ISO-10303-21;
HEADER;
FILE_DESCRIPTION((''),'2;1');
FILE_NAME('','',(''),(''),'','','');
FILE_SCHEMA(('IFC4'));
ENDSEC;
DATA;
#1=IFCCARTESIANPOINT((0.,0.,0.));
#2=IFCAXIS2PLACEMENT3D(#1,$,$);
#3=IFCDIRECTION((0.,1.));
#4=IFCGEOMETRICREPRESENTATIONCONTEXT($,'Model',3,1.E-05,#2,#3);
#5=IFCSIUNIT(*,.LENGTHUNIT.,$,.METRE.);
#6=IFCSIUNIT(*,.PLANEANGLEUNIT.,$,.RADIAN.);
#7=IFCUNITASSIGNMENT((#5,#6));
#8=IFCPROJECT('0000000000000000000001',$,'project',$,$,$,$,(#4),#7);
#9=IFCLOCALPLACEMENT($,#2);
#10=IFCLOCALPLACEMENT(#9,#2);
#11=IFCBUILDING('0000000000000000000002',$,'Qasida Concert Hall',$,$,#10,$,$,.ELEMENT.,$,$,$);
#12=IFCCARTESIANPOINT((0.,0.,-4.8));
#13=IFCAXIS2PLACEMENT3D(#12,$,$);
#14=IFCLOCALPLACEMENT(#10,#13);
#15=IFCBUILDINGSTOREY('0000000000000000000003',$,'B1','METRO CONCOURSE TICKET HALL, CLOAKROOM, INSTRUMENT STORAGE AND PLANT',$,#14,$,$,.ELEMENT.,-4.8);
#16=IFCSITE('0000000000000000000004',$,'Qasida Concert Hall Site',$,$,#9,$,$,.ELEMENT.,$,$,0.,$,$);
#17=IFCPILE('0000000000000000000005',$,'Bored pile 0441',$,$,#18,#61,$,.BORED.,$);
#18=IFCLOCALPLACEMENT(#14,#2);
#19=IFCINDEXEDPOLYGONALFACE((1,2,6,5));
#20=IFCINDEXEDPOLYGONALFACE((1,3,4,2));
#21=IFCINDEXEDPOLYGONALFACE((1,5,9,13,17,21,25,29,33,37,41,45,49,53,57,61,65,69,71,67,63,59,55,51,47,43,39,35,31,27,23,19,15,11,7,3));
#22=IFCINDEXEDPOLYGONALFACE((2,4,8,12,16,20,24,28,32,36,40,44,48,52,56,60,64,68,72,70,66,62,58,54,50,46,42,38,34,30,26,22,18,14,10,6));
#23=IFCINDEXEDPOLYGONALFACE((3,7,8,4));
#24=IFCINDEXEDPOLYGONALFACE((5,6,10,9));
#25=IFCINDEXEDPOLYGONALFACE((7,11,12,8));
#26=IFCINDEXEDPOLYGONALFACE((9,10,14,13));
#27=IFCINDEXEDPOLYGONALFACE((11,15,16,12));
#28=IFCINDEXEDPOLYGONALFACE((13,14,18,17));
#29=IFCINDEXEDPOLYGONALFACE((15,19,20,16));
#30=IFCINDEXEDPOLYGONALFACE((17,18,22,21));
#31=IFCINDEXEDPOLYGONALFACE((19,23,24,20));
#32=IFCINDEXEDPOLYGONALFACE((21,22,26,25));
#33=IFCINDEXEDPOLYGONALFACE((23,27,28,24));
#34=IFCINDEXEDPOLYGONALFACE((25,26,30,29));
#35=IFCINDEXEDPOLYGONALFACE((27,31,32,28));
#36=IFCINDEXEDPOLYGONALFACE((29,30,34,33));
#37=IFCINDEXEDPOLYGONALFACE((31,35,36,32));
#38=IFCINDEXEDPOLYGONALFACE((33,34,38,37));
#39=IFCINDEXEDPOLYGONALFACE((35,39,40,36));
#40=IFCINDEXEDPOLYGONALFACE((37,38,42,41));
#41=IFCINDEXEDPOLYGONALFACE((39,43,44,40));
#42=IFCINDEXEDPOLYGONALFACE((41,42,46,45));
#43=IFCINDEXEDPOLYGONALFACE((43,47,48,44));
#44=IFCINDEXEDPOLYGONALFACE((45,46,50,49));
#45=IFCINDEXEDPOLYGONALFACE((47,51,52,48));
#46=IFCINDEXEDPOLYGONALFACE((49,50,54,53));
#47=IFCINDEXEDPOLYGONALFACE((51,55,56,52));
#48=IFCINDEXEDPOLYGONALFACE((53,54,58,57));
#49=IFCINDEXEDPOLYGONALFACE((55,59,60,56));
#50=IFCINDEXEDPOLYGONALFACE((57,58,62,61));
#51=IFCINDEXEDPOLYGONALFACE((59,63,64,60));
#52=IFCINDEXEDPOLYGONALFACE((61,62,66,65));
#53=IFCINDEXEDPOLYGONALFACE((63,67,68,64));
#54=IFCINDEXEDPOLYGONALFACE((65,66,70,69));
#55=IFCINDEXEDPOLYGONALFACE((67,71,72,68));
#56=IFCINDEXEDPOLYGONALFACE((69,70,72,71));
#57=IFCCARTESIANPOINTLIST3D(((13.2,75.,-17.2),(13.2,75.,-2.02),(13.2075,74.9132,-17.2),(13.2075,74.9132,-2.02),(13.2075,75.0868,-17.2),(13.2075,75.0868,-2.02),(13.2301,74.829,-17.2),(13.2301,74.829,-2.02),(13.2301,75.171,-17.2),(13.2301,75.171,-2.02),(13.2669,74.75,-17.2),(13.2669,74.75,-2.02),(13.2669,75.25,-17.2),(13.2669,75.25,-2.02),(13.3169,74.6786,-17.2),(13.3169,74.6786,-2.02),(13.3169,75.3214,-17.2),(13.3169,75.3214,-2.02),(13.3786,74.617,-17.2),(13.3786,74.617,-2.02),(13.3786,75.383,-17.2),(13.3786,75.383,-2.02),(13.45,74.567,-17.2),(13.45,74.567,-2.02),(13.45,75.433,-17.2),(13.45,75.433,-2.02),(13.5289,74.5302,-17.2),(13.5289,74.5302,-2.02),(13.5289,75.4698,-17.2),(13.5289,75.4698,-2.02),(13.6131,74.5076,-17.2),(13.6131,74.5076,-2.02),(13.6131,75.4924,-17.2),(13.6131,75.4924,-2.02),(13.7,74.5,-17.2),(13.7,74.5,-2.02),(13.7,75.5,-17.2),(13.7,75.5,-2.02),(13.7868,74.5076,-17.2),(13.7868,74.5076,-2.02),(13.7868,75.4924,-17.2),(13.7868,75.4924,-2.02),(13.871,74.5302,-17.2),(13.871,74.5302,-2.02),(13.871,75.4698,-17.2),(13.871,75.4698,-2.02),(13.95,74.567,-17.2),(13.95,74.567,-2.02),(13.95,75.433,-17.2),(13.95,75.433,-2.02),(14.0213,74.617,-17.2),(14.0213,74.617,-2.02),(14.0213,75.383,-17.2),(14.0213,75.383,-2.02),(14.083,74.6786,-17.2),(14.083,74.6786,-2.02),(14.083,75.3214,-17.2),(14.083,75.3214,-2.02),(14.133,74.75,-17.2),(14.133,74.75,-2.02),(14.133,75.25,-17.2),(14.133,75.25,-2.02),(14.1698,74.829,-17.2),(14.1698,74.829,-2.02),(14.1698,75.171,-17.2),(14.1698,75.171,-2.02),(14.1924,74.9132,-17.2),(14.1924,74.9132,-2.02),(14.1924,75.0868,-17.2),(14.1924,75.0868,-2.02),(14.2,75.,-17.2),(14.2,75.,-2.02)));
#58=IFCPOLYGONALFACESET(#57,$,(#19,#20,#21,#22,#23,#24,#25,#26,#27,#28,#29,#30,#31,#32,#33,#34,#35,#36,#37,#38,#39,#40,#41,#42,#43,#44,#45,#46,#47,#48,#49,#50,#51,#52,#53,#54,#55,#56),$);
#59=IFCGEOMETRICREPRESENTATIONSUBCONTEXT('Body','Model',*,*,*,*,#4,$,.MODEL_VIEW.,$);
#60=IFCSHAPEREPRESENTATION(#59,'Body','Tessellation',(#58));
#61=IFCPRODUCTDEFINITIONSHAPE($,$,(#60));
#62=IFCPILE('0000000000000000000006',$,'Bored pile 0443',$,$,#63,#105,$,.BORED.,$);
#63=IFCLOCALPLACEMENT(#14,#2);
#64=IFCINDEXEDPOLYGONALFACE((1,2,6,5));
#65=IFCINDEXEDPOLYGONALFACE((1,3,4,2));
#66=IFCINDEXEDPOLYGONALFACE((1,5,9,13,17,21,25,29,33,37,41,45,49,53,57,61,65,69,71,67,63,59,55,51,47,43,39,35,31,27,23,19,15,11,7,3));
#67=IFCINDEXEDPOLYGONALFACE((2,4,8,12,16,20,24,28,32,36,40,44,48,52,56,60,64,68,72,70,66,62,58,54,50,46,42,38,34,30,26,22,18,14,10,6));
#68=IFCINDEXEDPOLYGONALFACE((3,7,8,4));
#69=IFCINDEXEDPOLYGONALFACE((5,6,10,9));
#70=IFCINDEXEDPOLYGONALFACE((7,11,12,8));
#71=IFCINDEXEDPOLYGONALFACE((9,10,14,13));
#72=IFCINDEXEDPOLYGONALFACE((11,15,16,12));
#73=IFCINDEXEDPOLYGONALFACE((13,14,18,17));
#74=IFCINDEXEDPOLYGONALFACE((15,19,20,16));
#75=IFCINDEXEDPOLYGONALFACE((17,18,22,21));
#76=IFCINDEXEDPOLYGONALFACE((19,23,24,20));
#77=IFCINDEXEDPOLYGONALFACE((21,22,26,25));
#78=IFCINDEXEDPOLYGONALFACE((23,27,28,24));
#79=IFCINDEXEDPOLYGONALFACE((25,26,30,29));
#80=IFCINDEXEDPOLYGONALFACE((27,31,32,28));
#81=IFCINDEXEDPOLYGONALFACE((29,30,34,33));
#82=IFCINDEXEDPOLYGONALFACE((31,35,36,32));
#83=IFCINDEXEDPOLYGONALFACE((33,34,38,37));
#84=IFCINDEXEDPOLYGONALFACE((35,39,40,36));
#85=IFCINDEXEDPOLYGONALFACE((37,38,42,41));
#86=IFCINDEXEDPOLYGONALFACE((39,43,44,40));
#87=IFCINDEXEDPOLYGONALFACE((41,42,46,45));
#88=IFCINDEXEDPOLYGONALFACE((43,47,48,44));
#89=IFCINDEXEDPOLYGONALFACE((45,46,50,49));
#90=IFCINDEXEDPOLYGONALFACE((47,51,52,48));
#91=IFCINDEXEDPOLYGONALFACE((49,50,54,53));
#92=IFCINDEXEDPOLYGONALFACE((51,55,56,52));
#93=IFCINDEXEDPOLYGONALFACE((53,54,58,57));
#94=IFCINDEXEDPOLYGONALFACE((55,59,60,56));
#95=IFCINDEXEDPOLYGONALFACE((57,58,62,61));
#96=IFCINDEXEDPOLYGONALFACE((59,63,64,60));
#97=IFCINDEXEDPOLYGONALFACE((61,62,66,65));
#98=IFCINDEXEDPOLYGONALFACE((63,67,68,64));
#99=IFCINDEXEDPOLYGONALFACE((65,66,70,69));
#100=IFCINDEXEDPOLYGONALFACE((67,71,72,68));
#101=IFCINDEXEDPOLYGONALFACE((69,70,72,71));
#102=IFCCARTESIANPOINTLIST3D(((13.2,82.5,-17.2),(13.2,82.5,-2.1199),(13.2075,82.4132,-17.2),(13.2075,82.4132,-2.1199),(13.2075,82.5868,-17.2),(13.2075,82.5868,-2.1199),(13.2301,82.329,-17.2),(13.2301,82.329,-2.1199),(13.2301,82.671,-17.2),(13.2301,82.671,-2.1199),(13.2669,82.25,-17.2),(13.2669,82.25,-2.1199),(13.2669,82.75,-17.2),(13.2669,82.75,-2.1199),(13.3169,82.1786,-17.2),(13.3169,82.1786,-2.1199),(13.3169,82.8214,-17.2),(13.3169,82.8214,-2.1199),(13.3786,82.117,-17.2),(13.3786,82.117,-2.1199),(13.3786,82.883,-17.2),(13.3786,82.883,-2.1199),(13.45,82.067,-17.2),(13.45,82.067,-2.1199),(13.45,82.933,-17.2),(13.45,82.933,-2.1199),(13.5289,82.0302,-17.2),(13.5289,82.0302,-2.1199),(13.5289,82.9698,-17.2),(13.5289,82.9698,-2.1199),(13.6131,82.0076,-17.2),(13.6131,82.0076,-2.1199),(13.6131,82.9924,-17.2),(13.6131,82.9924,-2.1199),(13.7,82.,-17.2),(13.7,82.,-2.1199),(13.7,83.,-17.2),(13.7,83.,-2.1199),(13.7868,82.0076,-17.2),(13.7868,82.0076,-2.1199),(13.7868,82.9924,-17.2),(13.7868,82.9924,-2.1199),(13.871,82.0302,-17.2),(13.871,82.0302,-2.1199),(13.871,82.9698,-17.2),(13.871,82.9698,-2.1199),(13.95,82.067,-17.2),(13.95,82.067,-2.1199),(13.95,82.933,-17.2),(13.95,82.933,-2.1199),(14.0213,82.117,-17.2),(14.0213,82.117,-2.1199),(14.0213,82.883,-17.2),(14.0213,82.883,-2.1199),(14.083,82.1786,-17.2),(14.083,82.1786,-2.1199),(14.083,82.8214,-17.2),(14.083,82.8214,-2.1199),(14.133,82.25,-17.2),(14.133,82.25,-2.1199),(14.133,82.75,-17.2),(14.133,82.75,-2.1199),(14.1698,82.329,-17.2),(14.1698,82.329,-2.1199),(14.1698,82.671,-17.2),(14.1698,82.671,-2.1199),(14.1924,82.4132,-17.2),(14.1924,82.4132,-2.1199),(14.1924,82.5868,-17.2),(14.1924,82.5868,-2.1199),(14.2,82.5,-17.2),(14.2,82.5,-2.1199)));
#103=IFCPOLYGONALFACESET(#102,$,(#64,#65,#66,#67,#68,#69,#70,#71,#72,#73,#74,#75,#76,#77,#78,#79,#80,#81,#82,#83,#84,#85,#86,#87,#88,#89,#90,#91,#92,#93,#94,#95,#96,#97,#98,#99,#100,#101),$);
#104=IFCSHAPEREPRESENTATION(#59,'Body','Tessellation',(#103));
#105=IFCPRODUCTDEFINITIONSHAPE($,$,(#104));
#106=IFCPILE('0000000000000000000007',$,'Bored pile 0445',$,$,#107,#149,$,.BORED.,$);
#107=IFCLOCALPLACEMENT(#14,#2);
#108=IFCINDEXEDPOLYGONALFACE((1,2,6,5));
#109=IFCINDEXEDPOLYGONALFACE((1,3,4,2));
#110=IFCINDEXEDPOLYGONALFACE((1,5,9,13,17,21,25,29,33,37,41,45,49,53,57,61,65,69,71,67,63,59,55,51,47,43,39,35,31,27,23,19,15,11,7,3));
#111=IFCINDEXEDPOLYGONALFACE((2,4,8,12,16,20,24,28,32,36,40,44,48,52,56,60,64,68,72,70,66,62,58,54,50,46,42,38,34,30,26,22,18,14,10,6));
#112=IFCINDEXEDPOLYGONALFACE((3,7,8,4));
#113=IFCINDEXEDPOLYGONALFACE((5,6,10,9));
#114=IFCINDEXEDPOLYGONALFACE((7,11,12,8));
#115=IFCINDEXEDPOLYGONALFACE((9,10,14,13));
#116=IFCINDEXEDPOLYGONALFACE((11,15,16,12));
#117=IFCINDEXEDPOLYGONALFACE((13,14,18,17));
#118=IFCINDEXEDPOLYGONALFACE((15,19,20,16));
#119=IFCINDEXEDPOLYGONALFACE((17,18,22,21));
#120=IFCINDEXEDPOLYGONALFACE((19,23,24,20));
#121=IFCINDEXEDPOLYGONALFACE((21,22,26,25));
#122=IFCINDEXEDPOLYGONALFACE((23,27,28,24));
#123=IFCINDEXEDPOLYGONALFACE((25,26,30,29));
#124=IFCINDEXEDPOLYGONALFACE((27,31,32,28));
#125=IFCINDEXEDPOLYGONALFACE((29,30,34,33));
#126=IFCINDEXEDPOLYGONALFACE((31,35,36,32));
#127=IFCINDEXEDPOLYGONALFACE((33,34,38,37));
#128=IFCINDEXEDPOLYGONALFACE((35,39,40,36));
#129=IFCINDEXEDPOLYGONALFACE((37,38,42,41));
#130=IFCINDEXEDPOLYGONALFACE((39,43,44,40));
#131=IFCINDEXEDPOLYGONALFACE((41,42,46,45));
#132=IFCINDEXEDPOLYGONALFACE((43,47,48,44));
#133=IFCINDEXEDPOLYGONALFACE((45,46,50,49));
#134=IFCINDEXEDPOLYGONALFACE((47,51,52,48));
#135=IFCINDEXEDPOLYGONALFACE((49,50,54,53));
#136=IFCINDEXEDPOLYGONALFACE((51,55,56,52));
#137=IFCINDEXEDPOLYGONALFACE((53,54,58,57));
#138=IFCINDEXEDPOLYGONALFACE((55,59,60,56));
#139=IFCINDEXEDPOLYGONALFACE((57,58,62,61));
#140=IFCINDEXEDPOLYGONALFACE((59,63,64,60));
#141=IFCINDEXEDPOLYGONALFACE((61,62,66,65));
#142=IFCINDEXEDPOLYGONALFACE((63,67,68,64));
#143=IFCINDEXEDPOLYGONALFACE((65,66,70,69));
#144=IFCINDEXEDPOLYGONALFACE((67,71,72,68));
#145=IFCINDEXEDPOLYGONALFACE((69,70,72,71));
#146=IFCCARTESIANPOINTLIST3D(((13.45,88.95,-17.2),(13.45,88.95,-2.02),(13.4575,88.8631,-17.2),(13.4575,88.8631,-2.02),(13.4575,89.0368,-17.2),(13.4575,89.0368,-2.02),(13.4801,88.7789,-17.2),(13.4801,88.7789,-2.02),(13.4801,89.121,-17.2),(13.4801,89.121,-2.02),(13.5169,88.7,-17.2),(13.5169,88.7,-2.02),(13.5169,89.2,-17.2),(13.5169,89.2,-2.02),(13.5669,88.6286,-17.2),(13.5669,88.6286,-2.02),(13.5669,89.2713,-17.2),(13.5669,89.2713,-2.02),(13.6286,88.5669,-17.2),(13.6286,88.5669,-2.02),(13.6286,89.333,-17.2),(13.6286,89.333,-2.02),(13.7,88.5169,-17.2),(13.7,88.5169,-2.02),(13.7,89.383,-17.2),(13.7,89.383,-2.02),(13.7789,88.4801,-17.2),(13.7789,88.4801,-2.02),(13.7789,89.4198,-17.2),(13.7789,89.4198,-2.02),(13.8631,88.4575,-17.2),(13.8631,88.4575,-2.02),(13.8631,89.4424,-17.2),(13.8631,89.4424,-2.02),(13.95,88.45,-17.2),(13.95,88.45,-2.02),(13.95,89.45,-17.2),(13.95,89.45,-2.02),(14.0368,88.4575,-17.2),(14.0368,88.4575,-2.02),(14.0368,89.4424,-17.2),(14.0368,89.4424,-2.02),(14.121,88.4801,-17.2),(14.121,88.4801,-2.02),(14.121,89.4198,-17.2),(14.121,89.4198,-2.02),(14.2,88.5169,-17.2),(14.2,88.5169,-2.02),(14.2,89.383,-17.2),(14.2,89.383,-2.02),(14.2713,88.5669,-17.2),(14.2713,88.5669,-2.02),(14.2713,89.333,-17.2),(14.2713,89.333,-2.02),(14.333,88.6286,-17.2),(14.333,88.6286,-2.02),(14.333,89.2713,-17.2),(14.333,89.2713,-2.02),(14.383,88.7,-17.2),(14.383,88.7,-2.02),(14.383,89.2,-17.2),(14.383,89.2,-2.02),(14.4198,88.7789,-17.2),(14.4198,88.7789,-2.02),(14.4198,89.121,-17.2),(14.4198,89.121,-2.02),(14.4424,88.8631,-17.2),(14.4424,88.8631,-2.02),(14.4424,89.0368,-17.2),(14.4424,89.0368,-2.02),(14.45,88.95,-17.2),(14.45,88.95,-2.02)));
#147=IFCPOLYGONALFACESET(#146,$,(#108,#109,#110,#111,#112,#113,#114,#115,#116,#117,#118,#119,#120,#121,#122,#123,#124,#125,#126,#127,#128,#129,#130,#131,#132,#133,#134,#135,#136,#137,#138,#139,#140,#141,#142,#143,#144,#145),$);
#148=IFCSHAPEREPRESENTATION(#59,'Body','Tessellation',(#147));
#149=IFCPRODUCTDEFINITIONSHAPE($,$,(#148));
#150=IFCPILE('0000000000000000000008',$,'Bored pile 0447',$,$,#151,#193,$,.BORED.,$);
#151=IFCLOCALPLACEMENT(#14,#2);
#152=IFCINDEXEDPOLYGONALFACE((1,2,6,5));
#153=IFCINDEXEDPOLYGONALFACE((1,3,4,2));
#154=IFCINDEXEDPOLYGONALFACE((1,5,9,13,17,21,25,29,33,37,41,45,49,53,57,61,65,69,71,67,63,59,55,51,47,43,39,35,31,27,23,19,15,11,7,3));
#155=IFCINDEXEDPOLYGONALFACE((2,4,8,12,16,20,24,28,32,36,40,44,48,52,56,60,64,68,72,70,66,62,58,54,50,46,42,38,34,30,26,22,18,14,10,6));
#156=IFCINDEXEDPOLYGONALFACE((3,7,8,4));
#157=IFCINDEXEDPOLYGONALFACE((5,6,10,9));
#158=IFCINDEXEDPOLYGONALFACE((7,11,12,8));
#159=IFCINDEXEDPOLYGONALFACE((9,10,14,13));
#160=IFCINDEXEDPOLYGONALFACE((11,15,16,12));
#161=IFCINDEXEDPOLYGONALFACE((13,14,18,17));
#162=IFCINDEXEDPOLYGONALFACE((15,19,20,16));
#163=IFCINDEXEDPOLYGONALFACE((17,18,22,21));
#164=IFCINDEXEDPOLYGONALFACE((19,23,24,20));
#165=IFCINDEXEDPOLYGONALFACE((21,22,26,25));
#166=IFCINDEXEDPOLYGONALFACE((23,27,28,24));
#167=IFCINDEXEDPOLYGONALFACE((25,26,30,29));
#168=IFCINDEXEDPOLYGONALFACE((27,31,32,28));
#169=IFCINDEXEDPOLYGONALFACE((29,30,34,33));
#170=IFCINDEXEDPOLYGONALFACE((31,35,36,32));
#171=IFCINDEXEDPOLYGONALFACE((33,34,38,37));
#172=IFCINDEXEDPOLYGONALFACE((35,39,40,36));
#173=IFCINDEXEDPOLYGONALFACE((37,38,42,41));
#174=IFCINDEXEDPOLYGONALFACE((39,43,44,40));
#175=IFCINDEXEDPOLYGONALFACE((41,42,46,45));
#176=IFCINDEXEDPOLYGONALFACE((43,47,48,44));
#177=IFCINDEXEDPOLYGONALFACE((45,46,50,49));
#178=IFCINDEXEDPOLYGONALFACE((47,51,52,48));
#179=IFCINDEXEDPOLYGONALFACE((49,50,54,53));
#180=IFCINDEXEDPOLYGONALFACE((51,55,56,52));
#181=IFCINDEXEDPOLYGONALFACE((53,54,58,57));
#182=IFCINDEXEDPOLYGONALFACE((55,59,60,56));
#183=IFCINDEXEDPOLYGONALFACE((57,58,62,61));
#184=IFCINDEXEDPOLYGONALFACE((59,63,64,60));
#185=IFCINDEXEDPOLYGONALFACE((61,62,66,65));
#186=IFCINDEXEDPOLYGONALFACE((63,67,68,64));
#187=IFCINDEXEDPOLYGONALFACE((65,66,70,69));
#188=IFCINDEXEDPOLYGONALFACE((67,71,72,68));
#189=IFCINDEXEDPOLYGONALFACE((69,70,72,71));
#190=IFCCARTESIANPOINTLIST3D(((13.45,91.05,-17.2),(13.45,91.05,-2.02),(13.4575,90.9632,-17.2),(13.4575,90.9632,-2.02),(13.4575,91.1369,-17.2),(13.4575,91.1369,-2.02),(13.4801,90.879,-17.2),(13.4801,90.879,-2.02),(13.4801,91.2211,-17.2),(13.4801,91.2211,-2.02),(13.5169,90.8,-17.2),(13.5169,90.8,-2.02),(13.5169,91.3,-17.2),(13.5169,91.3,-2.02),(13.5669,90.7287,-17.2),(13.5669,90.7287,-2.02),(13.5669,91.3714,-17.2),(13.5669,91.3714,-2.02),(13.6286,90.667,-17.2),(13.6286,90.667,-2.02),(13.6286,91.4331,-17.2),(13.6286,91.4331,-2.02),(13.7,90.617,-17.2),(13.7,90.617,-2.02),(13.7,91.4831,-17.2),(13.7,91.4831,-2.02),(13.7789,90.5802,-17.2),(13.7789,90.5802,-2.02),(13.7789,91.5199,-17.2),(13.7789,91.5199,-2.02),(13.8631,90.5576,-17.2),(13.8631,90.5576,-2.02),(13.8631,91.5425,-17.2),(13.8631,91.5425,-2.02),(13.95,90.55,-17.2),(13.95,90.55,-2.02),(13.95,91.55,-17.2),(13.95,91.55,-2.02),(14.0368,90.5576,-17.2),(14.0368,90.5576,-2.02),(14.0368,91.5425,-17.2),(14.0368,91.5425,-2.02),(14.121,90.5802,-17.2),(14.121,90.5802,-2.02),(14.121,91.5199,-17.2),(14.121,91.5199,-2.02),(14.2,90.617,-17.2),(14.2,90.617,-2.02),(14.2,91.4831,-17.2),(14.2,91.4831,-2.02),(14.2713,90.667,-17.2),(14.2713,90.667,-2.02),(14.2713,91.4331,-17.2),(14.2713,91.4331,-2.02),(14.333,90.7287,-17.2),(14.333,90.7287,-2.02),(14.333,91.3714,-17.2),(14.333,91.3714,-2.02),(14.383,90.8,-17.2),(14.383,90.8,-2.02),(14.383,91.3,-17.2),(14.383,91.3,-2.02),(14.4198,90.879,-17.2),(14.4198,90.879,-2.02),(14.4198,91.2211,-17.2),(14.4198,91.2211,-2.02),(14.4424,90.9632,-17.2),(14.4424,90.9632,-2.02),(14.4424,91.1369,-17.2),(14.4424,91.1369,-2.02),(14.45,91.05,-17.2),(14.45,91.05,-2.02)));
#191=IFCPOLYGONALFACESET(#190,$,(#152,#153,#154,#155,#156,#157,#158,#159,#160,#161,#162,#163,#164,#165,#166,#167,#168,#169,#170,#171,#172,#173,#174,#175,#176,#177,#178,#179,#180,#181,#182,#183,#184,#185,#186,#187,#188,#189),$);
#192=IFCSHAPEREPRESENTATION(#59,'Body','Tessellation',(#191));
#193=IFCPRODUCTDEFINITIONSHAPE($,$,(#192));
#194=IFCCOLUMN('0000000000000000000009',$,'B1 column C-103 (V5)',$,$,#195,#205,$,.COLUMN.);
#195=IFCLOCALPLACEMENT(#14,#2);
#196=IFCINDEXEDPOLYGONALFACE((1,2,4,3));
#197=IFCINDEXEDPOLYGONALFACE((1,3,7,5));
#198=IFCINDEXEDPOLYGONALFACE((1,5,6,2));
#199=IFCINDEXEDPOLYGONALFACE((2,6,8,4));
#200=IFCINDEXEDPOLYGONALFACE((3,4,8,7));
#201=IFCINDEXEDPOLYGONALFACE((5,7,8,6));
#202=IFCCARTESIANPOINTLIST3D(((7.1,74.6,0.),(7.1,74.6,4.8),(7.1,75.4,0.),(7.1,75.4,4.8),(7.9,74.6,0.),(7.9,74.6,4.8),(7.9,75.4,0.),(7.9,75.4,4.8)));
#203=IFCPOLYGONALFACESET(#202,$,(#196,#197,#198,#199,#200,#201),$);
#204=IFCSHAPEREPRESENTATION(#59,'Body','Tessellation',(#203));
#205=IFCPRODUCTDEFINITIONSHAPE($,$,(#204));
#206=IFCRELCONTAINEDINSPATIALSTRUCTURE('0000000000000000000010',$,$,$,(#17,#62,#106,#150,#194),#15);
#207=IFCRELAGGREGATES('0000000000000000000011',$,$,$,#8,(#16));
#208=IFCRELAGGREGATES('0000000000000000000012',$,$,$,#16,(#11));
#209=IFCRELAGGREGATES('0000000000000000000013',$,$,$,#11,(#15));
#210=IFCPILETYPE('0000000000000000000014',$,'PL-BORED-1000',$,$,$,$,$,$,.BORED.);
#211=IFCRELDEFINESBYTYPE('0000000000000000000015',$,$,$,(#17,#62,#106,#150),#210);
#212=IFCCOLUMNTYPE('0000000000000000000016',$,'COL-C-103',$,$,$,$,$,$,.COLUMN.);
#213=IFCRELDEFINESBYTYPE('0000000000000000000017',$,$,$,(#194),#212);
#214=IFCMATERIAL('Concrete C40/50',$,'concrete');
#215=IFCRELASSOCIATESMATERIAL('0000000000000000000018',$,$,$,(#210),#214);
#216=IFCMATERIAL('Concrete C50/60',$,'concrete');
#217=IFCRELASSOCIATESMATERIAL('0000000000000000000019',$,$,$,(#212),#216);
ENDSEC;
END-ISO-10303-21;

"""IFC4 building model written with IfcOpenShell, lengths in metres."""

from ifc_helpers import new_model, si_unit, direction, frame, origin, origin_2d, place, context, subcontext, project, spatial, rectangle, circle, extrude, material, material_profile, profile_set, type_object, element, save


model = new_model("IFC4")

# Units and contexts
model_context = context("Model", 3, precision=1e-05, world=origin(), true_north=direction((0.0, 1.0)))
body_context = subcontext(model_context, "Body", "Model", "MODEL_VIEW")
ifc_project = project(units=[si_unit("LENGTHUNIT", "METRE"), si_unit("PLANEANGLEUNIT", "RADIAN")], contexts=[model_context])

# Site, building, storey
site_placement = place(None, origin())
site = spatial("IfcSite", under=ifc_project, at=site_placement, Name="Qasida Concert Hall Site", CompositionType="ELEMENT", RefElevation=0.0)
building_placement = place(site_placement, origin())
building = spatial("IfcBuilding", under=site, at=building_placement, Name="Qasida Concert Hall", CompositionType="ELEMENT")
storey_placement = place(building_placement, frame((0.0, 0.0, -4.8)))
storey = spatial("IfcBuildingStorey", under=building, at=storey_placement, Name="B1", Description="METRO CONCOURSE TICKET HALL, CLOAKROOM, INSTRUMENT STORAGE AND PLANT", CompositionType="ELEMENT", Elevation=-4.8)

# Shared definitions
ifc_material_1 = material(Name="Concrete C40/50", Category="concrete")

# Piles
ifc_material_profile_1 = material_profile(ifc_material_1, circle(Radius=0.5, at=origin_2d()), Name="BORED PILE D1000")
ifc_profile_set_1 = profile_set([ifc_material_profile_1], Name="Concrete C40/50")
pile_type = type_object("IfcPileType", Name="PL-BORED-1000", PredefinedType="BORED", material=ifc_profile_set_1)
for number, where, z_axis, x_axis, name in (
    (1, (13.7, 75.0, -2.02), (0.0, 0.0, -1.0), (1.0, 0.0, 0.0), "Bored pile 0441"),
):
    element("IfcPile", number, at=place(storey_placement, frame(where, z_axis=z_axis, x_axis=x_axis)), inside=storey, type_object=pile_type, Name=name, PredefinedType="BORED", context=body_context, shape_type="SweptSolid", body=[
        extrude(circle(Radius=0.5, at=origin_2d()), origin(), (0.0, 0.0, 1.0), 15.1799),
    ])
pile_1_placement = place(storey_placement, frame((13.7, 82.5, -2.1199), z_axis=(0.0, 0.0, -1.0), x_axis=(1.0, 0.0, 0.0)))
element("IfcPile", 2, at=pile_1_placement, inside=storey, type_object=pile_type, Name="Bored pile 0443", PredefinedType="BORED", context=body_context, shape_type="SweptSolid", body=[
    extrude(circle(Radius=0.5, at=origin_2d()), origin(), (0.0, 0.0, 1.0), 15.0801),
])
for number, where, z_axis, x_axis, name in (
    (3, (13.95, 88.95, -2.02), (0.0, 0.0, -1.0), (1.0, 0.0, 0.0), "Bored pile 0445"),
    (4, (13.95, 91.05, -2.02), (0.0, 0.0, -1.0), (1.0, 0.0, 0.0), "Bored pile 0447"),
):
    element("IfcPile", number, at=place(storey_placement, frame(where, z_axis=z_axis, x_axis=x_axis)), inside=storey, type_object=pile_type, Name=name, PredefinedType="BORED", context=body_context, shape_type="SweptSolid", body=[
        extrude(circle(Radius=0.5, at=origin_2d()), origin(), (0.0, 0.0, 1.0), 15.1799),
    ])

# Column
ifc_material_2 = material(Name="Concrete C50/60", Category="concrete")
ifc_material_profile_2 = material_profile(ifc_material_2, rectangle(XDim=0.8, YDim=0.8, at=origin_2d()), Name="RC 800x800")
ifc_profile_set_2 = profile_set([ifc_material_profile_2], Name="Concrete C50/60")
column_type = type_object("IfcColumnType", Name="COL-C-103", PredefinedType="COLUMN", material=ifc_profile_set_2)
for number, where, z_axis, x_axis, name in (
    (5, (7.5, 75.0, 0.0), (0.0, 0.0, 1.0), (1.0, 0.0, 0.0), "B1 column C-103 (V5)"),
):
    element("IfcColumn", number, at=place(storey_placement, frame(where, z_axis=z_axis, x_axis=x_axis)), inside=storey, type_object=column_type, Name=name, PredefinedType="COLUMN", context=body_context, shape_type="SweptSolid", body=[
        extrude(rectangle(XDim=0.8, YDim=0.8, at=origin_2d()), origin(), (0.0, 0.0, 1.0), 4.8),
    ])

save(model, "model.ifc")
